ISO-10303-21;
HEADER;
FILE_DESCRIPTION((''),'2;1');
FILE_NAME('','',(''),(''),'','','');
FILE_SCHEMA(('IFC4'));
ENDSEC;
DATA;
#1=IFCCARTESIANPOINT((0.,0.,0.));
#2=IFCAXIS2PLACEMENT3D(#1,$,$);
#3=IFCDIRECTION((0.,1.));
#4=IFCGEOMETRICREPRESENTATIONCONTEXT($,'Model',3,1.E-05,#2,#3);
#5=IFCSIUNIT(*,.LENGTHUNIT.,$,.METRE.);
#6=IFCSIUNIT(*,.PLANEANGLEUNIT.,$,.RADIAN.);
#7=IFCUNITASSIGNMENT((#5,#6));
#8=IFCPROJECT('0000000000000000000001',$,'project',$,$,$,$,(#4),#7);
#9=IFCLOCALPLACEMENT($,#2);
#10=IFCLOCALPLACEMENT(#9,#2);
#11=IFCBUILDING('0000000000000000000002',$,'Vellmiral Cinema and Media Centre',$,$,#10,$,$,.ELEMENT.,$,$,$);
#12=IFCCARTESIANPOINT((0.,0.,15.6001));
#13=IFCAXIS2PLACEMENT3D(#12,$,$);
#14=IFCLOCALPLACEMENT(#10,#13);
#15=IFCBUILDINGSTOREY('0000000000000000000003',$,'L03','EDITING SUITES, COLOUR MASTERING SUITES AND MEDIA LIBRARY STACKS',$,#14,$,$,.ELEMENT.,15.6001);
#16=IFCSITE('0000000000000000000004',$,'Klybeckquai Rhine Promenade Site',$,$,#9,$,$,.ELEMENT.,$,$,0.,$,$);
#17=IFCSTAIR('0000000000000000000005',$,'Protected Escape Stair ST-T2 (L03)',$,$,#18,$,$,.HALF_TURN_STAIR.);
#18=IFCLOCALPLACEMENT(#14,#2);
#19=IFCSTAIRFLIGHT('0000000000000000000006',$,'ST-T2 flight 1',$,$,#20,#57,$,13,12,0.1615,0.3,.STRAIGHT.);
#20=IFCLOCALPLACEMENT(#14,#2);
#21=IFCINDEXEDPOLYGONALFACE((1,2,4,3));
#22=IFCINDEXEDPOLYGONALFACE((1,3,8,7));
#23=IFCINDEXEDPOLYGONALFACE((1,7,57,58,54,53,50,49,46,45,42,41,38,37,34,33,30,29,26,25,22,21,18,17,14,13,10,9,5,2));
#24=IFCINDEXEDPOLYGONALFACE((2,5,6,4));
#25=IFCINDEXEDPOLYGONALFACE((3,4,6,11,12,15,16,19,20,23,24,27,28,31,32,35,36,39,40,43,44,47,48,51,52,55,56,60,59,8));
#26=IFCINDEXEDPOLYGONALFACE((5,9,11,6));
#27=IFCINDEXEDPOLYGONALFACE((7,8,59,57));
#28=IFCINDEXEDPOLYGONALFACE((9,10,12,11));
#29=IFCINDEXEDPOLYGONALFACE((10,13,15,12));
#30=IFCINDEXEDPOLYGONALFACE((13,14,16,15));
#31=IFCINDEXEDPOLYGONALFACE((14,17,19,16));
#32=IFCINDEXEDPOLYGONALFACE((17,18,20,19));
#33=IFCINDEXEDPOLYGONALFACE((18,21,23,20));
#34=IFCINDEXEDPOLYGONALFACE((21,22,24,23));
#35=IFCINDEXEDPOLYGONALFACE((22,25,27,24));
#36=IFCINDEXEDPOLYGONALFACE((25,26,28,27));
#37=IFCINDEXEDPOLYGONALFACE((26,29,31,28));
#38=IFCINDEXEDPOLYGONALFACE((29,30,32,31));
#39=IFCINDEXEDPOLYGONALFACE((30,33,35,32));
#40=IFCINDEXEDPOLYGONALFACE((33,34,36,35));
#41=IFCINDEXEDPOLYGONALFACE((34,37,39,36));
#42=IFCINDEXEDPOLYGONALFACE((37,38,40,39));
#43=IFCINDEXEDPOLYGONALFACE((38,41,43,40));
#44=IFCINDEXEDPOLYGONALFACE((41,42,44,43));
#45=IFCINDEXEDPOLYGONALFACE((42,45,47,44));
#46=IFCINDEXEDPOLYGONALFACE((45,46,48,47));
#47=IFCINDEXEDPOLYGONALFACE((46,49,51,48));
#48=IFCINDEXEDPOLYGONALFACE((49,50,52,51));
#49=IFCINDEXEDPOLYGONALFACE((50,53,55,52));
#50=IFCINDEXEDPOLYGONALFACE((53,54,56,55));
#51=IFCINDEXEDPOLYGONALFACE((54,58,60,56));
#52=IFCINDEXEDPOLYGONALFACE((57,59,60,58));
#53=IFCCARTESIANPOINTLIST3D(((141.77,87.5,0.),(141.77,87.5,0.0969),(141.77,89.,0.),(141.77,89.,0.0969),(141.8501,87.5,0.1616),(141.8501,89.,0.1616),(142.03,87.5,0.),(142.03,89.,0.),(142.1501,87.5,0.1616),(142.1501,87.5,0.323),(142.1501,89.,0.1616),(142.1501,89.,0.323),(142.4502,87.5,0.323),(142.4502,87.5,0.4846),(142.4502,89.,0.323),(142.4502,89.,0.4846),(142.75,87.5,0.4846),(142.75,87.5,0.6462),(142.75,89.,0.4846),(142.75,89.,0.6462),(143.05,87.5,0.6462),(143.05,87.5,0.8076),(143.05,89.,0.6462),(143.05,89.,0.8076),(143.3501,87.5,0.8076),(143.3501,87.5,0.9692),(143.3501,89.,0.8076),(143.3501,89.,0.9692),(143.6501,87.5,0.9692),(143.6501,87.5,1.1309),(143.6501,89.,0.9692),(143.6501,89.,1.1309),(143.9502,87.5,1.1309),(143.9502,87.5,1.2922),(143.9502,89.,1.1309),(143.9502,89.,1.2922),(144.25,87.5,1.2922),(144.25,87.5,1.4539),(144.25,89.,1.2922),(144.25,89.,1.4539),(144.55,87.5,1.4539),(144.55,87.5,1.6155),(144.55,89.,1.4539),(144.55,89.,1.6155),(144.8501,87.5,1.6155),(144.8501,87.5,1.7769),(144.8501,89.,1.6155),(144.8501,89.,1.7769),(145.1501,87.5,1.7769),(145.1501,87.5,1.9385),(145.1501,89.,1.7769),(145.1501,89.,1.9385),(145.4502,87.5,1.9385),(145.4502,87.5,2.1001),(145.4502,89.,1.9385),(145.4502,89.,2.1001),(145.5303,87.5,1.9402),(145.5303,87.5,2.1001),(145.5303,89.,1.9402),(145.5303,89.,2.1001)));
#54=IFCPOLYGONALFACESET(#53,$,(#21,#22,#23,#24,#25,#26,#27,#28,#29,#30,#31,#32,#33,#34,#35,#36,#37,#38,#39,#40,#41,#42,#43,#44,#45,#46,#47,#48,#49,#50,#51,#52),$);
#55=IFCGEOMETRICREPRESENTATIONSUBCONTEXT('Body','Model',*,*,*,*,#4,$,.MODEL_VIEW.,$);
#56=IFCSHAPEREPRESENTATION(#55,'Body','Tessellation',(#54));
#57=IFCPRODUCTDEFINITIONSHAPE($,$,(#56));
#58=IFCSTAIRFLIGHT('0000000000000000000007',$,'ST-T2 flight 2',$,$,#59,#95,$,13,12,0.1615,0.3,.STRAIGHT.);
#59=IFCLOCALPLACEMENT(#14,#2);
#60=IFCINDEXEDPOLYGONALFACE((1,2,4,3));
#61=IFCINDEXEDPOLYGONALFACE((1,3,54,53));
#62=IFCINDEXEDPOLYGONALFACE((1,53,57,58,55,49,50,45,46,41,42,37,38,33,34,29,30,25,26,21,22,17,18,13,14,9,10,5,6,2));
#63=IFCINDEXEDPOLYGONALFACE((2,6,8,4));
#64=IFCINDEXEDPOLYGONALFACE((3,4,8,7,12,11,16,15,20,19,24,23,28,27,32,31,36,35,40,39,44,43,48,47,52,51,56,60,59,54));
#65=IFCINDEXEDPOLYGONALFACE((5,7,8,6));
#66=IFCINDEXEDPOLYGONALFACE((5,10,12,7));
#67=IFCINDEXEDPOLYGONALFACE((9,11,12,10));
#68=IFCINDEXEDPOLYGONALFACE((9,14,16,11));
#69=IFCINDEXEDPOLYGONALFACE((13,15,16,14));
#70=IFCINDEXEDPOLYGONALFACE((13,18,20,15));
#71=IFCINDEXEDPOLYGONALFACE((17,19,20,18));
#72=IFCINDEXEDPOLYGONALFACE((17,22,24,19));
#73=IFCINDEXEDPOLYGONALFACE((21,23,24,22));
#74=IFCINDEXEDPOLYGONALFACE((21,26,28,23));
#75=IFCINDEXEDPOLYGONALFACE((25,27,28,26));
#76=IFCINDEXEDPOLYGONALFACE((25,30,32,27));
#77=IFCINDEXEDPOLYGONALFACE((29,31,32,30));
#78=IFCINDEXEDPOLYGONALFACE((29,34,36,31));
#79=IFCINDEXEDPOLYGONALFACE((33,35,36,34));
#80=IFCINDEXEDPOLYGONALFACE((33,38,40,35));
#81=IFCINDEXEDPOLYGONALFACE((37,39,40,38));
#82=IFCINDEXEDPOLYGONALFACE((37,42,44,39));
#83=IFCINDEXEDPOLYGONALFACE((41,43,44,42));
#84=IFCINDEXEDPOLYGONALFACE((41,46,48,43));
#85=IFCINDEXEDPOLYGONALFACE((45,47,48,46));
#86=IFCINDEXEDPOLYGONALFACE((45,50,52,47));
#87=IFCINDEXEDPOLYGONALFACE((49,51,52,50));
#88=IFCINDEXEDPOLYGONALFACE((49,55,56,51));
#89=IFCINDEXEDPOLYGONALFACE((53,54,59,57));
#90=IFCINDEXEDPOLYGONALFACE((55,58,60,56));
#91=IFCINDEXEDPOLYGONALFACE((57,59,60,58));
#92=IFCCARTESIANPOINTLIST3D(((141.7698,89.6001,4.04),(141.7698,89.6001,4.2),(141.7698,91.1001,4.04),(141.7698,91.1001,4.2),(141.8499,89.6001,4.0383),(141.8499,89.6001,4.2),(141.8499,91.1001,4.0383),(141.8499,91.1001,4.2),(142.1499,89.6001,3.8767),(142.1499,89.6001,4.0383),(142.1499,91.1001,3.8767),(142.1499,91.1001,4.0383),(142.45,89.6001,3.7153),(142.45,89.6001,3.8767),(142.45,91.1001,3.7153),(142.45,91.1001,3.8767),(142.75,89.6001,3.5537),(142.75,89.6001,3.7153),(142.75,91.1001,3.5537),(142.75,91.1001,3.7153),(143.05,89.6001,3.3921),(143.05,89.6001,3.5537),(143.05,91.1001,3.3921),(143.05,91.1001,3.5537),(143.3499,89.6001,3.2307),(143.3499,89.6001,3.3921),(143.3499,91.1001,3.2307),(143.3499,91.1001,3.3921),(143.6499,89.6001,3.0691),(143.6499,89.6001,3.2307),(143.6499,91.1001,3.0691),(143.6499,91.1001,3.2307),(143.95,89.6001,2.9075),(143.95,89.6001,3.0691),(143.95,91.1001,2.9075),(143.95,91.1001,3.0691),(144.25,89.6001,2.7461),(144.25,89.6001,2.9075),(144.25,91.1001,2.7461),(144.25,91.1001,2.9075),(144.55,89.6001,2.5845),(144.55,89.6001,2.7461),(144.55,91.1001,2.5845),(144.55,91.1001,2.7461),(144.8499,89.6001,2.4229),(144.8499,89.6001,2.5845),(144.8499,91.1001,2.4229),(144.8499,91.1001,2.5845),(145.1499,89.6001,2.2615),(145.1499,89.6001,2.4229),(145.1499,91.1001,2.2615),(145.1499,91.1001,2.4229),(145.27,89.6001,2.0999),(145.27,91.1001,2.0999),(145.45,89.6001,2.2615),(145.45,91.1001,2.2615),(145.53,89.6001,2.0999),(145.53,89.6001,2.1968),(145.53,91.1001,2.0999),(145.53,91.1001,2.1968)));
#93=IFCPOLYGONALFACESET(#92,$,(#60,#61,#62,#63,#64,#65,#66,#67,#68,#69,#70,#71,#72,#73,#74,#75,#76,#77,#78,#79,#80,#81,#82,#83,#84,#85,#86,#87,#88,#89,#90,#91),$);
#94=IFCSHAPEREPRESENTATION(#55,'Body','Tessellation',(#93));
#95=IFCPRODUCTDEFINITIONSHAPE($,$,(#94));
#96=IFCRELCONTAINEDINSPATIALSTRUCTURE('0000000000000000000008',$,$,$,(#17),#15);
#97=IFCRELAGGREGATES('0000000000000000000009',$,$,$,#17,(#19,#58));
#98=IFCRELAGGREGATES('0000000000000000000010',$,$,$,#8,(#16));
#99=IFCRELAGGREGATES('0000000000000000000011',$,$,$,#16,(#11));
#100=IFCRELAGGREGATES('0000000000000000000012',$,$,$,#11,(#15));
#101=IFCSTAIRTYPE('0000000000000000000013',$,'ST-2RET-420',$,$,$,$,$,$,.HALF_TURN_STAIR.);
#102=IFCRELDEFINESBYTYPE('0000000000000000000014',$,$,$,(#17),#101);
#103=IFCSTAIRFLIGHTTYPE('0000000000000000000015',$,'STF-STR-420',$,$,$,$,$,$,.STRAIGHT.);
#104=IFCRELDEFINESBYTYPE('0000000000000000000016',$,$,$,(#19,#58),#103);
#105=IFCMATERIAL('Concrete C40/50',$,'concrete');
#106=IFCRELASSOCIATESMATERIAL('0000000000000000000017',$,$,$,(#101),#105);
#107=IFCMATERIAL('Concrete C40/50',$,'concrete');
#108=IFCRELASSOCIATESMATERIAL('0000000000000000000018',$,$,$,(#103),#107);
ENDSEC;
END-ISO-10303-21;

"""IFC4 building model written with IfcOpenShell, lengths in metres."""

from ifc_helpers import new_model, si_unit, direction, frame, origin, place, context, subcontext, project, spatial, polyline, outline, extrude, material, type_object, element, aggregate, save


model = new_model("IFC4")

# Units and contexts
model_context = context("Model", 3, precision=1e-05, world=origin(), true_north=direction((0.0, 1.0)))
body_context = subcontext(model_context, "Body", "Model", "MODEL_VIEW")
ifc_project = project(units=[si_unit("LENGTHUNIT", "METRE"), si_unit("PLANEANGLEUNIT", "RADIAN")], contexts=[model_context])

# Site, building, storey
site_placement = place(None, origin())
site = spatial("IfcSite", under=ifc_project, at=site_placement, Name="Klybeckquai Rhine Promenade Site", CompositionType="ELEMENT", RefElevation=0.0)
building_placement = place(site_placement, origin())
building = spatial("IfcBuilding", under=site, at=building_placement, Name="Vellmiral Cinema and Media Centre", CompositionType="ELEMENT")
storey_placement = place(building_placement, frame((0.0, 0.0, 15.6001)))
storey = spatial("IfcBuildingStorey", under=building, at=storey_placement, Name="L03", Description="EDITING SUITES, COLOUR MASTERING SUITES AND MEDIA LIBRARY STACKS", CompositionType="ELEMENT", Elevation=15.6001)

# Stair, stair flights
ifc_material_1 = material(Name="Concrete C40/50", Category="concrete")
stair_type = type_object("IfcStairType", Name="ST-2RET-420", PredefinedType="HALF_TURN_STAIR", material=ifc_material_1)
stair_placement = place(storey_placement, origin())
stair = element("IfcStair", 1, at=stair_placement, inside=storey, type_object=stair_type, Name="Protected Escape Stair ST-T2 (L03)", PredefinedType="HALF_TURN_STAIR")
ifc_material_2 = material(Name="Concrete C40/50", Category="concrete")
stair_flight_type = type_object("IfcStairFlightType", Name="STF-STR-420", PredefinedType="STRAIGHT", material=ifc_material_2)
stair_flight_1_placement = place(storey_placement, frame((141.8501, 88.25, 0.0), z_axis=(0.0, 0.0, 1.0), x_axis=(1.0, 0.0, 0.0)))
stair_flight_1 = element("IfcStairFlight", 2, at=stair_flight_1_placement, type_object=stair_flight_type, Name="ST-T2 flight 1", NumberOfRisers=13, NumberOfTreads=12, PredefinedType="STRAIGHT", RiserHeight=0.1615, TreadLength=0.3, context=body_context, shape_type="SweptSolid", body=[
    extrude(outline(polyline([(-0.0801, 0.0), (-0.0801, 0.0969), (0.0, 0.1616), (0.3, 0.1616), (0.3, 0.323), (0.6001, 0.323), (0.6001, 0.4846), (0.8999, 0.4846), (0.8999, 0.6462), (1.2, 0.6462), (1.2, 0.8076), (1.5, 0.8076), (1.5, 0.9692), (1.8, 0.9692), (1.8, 1.1309), (2.1001, 1.1309), (2.1001, 1.2922), (2.3999, 1.2922), (2.3999, 1.4539), (2.7, 1.4539), (2.7, 1.6155), (3.0, 1.6155), (3.0, 1.7769), (3.3, 1.7769), (3.3, 1.9385), (3.6001, 1.9385), (3.6001, 2.1001), (3.6802, 2.1001), (3.6802, 1.9402), (0.1799, 0.0), (-0.0801, 0.0)])), frame((0.0, 0.75, 0.0), z_axis=(0.0, -1.0, 0.0), x_axis=(1.0, 0.0, 0.0)), (0.0, 0.0, 1.0), 1.5),
])
stair_flight_2_placement = place(storey_placement, frame((145.45, 90.3501, 2.0999), z_axis=(0.0, 0.0, 1.0), x_axis=(-1.0, 0.0, 0.0)))
stair_flight_2 = element("IfcStairFlight", 3, at=stair_flight_2_placement, type_object=stair_flight_type, Name="ST-T2 flight 2", NumberOfRisers=13, NumberOfTreads=12, PredefinedType="STRAIGHT", RiserHeight=0.1615, TreadLength=0.3, context=body_context, shape_type="SweptSolid", body=[
    extrude(outline(polyline([(-0.0801, 0.0), (-0.0801, 0.0969), (0.0, 0.1616), (0.3, 0.1616), (0.3, 0.323), (0.6001, 0.323), (0.6001, 0.4846), (0.8999, 0.4846), (0.8999, 0.6462), (1.2, 0.6462), (1.2, 0.8076), (1.5, 0.8076), (1.5, 0.9692), (1.8, 0.9692), (1.8, 1.1309), (2.1001, 1.1309), (2.1001, 1.2922), (2.3999, 1.2922), (2.3999, 1.4539), (2.7, 1.4539), (2.7, 1.6155), (3.0, 1.6155), (3.0, 1.7769), (3.3, 1.7769), (3.3, 1.9385), (3.6001, 1.9385), (3.6001, 2.1001), (3.6802, 2.1001), (3.6802, 1.9402), (0.1799, 0.0), (-0.0801, 0.0)])), frame((0.0, 0.75, 0.0), z_axis=(0.0, -1.0, 0.0), x_axis=(1.0, 0.0, 0.0)), (0.0, 0.0, 1.0), 1.5),
])
aggregate(stair, [stair_flight_1, stair_flight_2])

save(model, "model.ifc")
